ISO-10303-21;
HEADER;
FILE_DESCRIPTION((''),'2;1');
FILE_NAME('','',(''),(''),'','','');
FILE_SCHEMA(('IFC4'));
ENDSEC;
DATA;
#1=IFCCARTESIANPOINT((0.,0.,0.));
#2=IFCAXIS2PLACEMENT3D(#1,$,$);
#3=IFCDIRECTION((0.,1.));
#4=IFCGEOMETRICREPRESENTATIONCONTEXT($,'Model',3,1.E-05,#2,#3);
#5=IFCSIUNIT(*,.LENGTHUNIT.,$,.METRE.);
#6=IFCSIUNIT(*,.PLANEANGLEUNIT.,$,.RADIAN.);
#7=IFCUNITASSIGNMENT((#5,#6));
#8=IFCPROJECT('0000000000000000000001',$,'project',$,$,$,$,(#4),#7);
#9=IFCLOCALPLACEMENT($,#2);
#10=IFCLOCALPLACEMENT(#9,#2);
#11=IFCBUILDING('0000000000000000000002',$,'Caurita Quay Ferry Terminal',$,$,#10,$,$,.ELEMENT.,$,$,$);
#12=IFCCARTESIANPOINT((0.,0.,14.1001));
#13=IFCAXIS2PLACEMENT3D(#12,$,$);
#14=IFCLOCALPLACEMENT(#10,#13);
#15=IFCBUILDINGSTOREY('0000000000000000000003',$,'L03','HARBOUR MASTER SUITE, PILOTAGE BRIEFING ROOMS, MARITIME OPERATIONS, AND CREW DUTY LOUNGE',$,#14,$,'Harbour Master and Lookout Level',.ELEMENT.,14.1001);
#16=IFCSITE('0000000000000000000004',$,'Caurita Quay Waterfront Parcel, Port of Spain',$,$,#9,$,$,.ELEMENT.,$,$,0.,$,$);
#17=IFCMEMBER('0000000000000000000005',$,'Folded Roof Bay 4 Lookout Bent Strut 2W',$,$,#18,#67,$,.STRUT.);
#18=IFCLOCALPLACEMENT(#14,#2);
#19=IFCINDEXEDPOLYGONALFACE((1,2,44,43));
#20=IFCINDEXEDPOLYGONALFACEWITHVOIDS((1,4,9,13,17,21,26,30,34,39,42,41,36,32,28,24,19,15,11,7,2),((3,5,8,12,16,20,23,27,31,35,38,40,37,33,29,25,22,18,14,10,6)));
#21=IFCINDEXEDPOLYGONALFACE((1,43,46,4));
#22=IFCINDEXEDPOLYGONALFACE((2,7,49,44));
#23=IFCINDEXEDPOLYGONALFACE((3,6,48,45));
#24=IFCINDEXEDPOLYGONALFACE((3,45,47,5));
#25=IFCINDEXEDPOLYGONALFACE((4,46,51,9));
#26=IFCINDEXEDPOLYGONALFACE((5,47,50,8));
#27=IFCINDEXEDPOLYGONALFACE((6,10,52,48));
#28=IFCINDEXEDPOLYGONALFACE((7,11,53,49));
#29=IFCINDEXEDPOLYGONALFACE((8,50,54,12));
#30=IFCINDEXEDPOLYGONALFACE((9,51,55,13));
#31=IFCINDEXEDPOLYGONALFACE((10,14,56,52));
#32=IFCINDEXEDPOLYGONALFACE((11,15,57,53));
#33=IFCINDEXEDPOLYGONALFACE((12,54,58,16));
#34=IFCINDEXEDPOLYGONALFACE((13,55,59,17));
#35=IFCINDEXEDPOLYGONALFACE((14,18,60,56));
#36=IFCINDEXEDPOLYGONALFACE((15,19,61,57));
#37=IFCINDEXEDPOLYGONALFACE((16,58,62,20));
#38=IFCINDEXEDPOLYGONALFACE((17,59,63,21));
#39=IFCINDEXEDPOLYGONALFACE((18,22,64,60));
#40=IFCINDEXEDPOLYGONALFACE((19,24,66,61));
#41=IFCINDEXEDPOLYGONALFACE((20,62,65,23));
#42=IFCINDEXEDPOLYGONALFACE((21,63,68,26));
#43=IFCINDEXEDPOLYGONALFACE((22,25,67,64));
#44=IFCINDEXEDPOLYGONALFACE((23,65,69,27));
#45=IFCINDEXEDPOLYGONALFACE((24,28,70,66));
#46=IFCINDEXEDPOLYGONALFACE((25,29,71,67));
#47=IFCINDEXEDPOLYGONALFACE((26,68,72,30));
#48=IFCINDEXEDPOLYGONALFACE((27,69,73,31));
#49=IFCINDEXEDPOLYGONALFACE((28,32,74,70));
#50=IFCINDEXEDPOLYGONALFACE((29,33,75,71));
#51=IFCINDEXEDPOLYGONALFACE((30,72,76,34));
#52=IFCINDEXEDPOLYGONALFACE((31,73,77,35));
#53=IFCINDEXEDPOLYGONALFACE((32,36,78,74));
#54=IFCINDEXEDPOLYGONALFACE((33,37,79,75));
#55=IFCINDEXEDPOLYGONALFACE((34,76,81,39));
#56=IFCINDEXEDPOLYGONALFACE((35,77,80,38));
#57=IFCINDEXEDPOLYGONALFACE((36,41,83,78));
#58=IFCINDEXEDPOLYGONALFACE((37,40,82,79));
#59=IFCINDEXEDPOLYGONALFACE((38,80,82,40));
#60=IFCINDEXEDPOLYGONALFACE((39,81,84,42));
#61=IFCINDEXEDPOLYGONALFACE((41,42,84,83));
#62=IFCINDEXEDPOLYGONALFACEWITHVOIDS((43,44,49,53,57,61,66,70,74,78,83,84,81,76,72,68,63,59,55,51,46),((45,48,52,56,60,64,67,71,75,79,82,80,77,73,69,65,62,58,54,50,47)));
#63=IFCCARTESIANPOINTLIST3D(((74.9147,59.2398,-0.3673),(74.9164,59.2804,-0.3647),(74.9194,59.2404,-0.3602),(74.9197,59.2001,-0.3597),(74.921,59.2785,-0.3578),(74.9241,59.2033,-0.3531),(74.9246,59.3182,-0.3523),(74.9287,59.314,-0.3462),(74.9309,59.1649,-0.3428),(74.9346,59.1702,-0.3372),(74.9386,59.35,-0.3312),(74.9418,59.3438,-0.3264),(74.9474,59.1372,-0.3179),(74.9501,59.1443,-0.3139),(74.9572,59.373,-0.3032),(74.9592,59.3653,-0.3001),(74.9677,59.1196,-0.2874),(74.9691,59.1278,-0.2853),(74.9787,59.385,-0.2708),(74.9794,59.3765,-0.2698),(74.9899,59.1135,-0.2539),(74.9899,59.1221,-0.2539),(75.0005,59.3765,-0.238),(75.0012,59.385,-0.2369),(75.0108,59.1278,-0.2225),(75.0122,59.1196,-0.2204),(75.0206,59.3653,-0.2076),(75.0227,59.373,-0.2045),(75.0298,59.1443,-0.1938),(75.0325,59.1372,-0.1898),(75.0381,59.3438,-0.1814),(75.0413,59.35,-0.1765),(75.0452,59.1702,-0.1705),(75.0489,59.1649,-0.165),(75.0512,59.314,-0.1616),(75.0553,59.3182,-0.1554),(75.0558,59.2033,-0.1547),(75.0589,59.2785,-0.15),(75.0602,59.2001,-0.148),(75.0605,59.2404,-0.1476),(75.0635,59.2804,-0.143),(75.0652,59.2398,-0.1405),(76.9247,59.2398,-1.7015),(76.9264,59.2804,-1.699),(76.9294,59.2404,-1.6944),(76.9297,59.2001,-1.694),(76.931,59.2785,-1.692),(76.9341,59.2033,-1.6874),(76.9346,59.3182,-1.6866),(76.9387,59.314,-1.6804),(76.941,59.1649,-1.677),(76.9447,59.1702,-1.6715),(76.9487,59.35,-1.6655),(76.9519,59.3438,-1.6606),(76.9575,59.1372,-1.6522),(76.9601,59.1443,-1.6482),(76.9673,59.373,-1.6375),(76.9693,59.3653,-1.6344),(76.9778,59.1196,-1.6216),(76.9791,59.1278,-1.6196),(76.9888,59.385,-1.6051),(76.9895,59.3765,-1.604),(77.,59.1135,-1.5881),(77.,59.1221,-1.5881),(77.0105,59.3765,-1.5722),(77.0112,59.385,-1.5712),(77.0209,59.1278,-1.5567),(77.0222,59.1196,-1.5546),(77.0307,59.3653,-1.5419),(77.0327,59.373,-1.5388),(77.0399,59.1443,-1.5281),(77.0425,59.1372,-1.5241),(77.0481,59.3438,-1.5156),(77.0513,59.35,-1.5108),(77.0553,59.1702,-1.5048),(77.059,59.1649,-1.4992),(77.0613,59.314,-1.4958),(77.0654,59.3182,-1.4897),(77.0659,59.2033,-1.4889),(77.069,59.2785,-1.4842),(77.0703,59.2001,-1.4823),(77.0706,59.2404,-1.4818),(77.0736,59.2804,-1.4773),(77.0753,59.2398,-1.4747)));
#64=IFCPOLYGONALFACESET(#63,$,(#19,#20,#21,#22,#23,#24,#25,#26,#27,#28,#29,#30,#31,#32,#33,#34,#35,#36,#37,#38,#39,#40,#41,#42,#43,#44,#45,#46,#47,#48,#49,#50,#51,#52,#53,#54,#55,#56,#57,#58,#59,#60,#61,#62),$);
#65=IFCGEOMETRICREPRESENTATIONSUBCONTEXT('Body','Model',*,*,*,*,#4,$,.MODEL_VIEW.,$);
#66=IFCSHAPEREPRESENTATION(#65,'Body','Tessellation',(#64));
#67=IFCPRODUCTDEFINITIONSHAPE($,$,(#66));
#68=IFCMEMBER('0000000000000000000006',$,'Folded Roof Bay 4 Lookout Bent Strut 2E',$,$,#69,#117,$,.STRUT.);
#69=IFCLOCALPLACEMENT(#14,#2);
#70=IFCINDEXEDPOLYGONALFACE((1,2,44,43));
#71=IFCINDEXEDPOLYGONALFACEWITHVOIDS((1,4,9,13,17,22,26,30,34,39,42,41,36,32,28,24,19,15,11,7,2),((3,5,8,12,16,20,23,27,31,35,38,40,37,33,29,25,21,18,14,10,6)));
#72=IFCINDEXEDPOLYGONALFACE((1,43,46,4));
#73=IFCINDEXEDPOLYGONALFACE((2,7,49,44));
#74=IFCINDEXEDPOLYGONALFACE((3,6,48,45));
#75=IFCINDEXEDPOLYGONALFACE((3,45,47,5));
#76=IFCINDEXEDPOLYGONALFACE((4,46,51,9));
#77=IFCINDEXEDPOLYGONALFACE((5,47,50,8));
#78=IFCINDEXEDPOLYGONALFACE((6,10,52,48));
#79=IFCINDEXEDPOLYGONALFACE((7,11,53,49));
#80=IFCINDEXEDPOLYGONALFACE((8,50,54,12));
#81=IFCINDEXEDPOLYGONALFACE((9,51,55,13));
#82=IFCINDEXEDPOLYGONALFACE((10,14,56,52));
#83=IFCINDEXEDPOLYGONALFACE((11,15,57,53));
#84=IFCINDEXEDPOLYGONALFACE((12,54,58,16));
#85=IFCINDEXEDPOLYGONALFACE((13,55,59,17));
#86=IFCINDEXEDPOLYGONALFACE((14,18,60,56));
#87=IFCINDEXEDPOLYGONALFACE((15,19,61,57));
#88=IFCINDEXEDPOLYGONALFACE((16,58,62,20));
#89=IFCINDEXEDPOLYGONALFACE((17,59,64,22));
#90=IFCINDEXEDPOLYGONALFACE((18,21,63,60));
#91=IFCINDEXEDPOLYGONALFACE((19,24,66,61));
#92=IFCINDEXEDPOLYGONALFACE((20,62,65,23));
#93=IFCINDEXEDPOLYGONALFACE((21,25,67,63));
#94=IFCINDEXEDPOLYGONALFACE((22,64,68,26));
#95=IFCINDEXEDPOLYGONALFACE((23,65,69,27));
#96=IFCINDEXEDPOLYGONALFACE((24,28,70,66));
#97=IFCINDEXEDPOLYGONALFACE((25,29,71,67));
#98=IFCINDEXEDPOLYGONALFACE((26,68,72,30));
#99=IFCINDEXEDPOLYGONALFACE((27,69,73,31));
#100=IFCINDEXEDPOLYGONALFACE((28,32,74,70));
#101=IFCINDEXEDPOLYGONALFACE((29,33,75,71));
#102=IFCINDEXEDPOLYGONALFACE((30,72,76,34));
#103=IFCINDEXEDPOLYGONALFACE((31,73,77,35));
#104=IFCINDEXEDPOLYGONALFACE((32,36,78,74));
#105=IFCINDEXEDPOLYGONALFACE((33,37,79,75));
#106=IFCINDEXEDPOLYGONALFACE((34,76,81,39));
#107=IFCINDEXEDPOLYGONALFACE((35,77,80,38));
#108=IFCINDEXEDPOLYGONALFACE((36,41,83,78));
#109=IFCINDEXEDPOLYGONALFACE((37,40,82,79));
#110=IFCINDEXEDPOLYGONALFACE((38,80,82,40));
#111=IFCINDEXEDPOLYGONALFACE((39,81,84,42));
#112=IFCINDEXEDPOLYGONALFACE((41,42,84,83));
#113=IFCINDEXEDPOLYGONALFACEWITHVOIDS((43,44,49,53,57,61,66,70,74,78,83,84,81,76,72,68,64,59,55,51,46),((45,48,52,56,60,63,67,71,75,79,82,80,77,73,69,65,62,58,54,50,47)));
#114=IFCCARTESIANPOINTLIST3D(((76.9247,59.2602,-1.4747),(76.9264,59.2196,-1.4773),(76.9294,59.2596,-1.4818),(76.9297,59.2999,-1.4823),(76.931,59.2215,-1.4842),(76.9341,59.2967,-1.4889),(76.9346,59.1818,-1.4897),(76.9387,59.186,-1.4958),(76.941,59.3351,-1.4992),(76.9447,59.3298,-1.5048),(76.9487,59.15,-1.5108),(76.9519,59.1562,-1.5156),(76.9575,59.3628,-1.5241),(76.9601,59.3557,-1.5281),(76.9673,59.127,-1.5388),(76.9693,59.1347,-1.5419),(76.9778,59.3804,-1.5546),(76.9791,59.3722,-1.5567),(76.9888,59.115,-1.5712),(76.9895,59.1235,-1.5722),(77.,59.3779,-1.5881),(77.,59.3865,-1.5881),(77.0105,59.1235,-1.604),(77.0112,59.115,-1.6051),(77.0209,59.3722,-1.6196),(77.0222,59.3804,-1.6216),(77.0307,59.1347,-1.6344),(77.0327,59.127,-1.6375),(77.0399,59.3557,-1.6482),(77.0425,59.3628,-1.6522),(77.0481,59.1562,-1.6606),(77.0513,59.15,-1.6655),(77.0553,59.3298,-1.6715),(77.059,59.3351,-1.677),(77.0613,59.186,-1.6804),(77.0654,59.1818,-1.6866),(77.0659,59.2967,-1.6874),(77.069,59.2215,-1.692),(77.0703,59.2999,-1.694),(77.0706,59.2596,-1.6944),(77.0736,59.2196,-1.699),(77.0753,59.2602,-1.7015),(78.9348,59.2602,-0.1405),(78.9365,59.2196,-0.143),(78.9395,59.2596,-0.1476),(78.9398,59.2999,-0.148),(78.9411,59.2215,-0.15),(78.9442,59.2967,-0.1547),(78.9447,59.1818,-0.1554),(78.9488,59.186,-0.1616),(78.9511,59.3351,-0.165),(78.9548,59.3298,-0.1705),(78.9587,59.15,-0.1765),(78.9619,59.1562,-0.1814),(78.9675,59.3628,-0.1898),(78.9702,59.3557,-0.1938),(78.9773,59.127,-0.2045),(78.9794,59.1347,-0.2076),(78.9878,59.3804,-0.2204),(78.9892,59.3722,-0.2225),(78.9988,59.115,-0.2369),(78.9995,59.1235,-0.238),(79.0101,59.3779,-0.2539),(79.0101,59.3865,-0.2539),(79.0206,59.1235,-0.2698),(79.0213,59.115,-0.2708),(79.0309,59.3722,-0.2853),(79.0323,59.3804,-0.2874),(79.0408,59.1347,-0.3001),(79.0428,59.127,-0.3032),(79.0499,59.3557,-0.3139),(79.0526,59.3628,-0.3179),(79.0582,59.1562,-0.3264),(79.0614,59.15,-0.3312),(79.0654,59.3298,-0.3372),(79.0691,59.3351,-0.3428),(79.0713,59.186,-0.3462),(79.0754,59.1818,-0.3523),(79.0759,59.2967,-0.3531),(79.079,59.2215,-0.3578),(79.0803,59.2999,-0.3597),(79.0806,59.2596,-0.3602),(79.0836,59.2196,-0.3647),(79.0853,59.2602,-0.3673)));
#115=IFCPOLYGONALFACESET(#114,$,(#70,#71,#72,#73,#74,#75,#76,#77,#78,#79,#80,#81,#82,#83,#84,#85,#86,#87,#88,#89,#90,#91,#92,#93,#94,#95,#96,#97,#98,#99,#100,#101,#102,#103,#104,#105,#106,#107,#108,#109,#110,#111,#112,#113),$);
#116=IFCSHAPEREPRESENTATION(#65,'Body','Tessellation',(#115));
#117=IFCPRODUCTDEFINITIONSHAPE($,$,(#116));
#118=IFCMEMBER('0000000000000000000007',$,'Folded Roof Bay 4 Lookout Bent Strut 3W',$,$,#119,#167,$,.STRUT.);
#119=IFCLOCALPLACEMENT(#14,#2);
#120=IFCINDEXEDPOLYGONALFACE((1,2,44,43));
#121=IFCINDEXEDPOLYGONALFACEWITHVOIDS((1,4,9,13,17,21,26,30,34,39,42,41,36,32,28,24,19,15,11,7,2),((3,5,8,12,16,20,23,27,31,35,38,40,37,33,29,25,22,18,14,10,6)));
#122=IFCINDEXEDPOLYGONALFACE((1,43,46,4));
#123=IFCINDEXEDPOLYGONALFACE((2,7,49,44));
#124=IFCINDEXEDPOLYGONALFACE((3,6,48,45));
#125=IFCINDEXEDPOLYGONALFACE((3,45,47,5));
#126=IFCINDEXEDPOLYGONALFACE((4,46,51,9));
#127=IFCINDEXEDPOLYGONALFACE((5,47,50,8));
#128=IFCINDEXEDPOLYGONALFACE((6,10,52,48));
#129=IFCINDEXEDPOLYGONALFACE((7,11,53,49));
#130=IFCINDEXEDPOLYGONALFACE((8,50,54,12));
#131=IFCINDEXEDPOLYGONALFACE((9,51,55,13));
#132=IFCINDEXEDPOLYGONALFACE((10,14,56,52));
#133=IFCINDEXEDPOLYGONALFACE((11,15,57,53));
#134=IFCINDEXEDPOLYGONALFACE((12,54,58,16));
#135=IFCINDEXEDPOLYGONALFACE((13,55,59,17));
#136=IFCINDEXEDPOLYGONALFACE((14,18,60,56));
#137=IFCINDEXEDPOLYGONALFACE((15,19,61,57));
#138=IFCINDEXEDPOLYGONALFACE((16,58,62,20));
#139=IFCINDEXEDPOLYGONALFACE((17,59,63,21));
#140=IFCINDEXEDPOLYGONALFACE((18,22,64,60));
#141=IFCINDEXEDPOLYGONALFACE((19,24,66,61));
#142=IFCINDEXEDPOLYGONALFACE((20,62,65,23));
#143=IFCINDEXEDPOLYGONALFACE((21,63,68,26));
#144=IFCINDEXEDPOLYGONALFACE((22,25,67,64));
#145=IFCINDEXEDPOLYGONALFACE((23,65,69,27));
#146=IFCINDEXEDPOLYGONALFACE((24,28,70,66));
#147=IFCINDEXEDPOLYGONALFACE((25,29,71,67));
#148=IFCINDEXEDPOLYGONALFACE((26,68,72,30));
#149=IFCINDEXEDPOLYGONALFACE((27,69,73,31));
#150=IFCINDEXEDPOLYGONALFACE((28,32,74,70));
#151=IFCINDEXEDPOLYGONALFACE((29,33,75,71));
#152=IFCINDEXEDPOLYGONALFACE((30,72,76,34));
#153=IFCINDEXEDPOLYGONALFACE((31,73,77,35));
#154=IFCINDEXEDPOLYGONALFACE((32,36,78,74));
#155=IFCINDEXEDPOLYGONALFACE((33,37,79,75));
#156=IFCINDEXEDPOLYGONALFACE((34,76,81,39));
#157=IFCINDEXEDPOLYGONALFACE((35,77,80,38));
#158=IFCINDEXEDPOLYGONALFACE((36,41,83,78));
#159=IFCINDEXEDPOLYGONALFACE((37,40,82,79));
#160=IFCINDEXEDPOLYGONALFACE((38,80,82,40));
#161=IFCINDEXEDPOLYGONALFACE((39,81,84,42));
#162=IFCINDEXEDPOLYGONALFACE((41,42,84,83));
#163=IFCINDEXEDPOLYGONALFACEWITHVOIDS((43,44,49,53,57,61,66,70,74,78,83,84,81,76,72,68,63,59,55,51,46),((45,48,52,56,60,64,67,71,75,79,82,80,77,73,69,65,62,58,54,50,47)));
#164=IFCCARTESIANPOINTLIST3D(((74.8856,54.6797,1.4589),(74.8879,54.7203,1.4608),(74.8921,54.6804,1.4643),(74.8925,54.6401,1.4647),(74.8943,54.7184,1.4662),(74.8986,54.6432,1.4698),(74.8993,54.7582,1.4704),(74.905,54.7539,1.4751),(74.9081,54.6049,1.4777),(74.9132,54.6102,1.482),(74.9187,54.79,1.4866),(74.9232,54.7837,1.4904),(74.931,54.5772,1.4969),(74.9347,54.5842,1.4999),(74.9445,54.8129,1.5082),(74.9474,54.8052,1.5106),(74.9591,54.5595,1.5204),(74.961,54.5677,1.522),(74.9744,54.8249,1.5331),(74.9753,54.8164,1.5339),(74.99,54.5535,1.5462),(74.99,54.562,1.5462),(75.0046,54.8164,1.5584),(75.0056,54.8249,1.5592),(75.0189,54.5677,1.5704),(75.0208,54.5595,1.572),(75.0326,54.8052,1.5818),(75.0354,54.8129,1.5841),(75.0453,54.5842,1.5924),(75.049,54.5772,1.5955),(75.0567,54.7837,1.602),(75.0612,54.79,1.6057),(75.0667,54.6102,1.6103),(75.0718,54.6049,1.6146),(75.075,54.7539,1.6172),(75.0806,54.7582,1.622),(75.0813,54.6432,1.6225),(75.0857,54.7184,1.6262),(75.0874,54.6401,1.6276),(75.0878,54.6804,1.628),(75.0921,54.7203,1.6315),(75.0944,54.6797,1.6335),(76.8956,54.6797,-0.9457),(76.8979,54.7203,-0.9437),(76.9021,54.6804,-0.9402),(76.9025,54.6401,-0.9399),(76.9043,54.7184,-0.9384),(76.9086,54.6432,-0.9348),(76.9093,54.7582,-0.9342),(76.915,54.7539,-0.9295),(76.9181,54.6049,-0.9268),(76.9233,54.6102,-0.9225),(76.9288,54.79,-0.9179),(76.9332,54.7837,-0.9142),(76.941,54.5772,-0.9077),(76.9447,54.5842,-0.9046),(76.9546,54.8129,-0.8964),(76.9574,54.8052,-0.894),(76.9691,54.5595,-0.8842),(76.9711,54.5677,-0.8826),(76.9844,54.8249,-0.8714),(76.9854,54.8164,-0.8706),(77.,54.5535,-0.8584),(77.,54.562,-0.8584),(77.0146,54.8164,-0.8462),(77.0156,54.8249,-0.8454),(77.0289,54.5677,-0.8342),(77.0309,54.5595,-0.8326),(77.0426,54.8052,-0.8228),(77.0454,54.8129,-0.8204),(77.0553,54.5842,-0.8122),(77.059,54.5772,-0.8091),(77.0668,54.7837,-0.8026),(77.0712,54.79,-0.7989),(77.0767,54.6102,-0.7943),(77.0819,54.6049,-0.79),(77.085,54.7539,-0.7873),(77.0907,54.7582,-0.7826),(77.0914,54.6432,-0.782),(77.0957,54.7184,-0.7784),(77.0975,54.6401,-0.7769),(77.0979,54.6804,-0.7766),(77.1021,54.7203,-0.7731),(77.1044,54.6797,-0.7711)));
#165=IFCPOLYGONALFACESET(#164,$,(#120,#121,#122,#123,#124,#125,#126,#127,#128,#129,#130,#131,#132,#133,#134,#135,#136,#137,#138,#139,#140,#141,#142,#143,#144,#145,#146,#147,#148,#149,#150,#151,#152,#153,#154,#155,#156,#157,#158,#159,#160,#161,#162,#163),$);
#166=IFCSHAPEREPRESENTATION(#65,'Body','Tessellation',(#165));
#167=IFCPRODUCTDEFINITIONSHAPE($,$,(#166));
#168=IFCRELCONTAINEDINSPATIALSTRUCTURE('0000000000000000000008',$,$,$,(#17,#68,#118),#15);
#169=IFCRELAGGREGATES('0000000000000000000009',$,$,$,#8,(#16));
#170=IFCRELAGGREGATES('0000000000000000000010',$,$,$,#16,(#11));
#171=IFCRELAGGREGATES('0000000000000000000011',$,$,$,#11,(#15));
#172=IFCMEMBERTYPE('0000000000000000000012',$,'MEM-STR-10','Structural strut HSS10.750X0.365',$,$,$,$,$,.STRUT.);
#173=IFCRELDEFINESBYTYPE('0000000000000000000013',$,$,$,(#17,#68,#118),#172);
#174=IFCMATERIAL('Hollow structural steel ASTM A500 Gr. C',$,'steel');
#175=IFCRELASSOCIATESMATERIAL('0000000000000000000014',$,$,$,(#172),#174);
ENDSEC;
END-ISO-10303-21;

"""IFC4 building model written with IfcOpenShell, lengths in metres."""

from ifc_helpers import new_model, si_unit, direction, frame, origin, origin_2d, place, context, subcontext, project, spatial, hollow_circle, extrude, material, material_profile, profile_set, type_object, element, save


model = new_model("IFC4")

# Units and contexts
model_context = context("Model", 3, precision=1e-05, world=origin(), true_north=direction((0.0, 1.0)))
body_context = subcontext(model_context, "Body", "Model", "MODEL_VIEW")
ifc_project = project(units=[si_unit("LENGTHUNIT", "METRE"), si_unit("PLANEANGLEUNIT", "RADIAN")], contexts=[model_context])

# Site, building, storey
site_placement = place(None, origin())
site = spatial("IfcSite", under=ifc_project, at=site_placement, Name="Caurita Quay Waterfront Parcel, Port of Spain", CompositionType="ELEMENT", RefElevation=0.0)
building_placement = place(site_placement, origin())
building = spatial("IfcBuilding", under=site, at=building_placement, Name="Caurita Quay Ferry Terminal", CompositionType="ELEMENT")
storey_placement = place(building_placement, frame((0.0, 0.0, 14.1001)))
storey = spatial("IfcBuildingStorey", under=building, at=storey_placement, Name="L03", Description="HARBOUR MASTER SUITE, PILOTAGE BRIEFING ROOMS, MARITIME OPERATIONS, AND CREW DUTY LOUNGE", LongName="Harbour Master and Lookout Level", CompositionType="ELEMENT", Elevation=14.1001)

# Members
ifc_material_1 = material(Name="Hollow structural steel ASTM A500 Gr. C", Category="steel")
ifc_material_profile_1 = material_profile(ifc_material_1, hollow_circle(Radius=0.1365, WallThickness=0.0085, at=origin_2d()), Name="HSS10.750X0.365")
ifc_profile_set_1 = profile_set([ifc_material_profile_1], Name="Hollow structural steel ASTM A500 Gr. C")
member_type_1 = type_object("IfcMemberType", Name="MEM-STR-10", Description="Structural strut HSS10.750X0.365", PredefinedType="STRUT", material=ifc_profile_set_1)
for number, where, z_axis, x_axis, name in (
    (1, (77.0, 59.25, -1.5881), (-0.833154, 0.0, 0.553041), (0.0, -1.0, 0.0), "Folded Roof Bay 4 Lookout Bent Strut 2W"),
    (2, (77.0, 59.25, -1.5881), (0.833154, 0.0, 0.553041), (0.0, 1.0, 0.0), "Folded Roof Bay 4 Lookout Bent Strut 2E"),
):
    element("IfcMember", number, at=place(storey_placement, frame(where, z_axis=z_axis, x_axis=x_axis)), inside=storey, type_object=member_type_1, Name=name, PredefinedType="STRUT", context=body_context, shape_type="SweptSolid", body=[
        extrude(hollow_circle(Radius=0.1365, WallThickness=0.0085, at=origin_2d()), origin(), (0.0, 0.0, 1.0), 2.4126),
    ])
for number, where, z_axis, x_axis, name in (
    (3, (77.0, 54.6899, -0.8584), (-0.641356, 0.0, 0.767243), (0.0, -1.0, 0.0), "Folded Roof Bay 4 Lookout Bent Strut 3W"),
):
    element("IfcMember", number, at=place(storey_placement, frame(where, z_axis=z_axis, x_axis=x_axis)), inside=storey, type_object=member_type_1, Name=name, PredefinedType="STRUT", context=body_context, shape_type="SweptSolid", body=[
        extrude(hollow_circle(Radius=0.1365, WallThickness=0.0085, at=origin_2d()), origin(), (0.0, 0.0, 1.0), 3.134),
    ])

save(model, "model.ifc")
